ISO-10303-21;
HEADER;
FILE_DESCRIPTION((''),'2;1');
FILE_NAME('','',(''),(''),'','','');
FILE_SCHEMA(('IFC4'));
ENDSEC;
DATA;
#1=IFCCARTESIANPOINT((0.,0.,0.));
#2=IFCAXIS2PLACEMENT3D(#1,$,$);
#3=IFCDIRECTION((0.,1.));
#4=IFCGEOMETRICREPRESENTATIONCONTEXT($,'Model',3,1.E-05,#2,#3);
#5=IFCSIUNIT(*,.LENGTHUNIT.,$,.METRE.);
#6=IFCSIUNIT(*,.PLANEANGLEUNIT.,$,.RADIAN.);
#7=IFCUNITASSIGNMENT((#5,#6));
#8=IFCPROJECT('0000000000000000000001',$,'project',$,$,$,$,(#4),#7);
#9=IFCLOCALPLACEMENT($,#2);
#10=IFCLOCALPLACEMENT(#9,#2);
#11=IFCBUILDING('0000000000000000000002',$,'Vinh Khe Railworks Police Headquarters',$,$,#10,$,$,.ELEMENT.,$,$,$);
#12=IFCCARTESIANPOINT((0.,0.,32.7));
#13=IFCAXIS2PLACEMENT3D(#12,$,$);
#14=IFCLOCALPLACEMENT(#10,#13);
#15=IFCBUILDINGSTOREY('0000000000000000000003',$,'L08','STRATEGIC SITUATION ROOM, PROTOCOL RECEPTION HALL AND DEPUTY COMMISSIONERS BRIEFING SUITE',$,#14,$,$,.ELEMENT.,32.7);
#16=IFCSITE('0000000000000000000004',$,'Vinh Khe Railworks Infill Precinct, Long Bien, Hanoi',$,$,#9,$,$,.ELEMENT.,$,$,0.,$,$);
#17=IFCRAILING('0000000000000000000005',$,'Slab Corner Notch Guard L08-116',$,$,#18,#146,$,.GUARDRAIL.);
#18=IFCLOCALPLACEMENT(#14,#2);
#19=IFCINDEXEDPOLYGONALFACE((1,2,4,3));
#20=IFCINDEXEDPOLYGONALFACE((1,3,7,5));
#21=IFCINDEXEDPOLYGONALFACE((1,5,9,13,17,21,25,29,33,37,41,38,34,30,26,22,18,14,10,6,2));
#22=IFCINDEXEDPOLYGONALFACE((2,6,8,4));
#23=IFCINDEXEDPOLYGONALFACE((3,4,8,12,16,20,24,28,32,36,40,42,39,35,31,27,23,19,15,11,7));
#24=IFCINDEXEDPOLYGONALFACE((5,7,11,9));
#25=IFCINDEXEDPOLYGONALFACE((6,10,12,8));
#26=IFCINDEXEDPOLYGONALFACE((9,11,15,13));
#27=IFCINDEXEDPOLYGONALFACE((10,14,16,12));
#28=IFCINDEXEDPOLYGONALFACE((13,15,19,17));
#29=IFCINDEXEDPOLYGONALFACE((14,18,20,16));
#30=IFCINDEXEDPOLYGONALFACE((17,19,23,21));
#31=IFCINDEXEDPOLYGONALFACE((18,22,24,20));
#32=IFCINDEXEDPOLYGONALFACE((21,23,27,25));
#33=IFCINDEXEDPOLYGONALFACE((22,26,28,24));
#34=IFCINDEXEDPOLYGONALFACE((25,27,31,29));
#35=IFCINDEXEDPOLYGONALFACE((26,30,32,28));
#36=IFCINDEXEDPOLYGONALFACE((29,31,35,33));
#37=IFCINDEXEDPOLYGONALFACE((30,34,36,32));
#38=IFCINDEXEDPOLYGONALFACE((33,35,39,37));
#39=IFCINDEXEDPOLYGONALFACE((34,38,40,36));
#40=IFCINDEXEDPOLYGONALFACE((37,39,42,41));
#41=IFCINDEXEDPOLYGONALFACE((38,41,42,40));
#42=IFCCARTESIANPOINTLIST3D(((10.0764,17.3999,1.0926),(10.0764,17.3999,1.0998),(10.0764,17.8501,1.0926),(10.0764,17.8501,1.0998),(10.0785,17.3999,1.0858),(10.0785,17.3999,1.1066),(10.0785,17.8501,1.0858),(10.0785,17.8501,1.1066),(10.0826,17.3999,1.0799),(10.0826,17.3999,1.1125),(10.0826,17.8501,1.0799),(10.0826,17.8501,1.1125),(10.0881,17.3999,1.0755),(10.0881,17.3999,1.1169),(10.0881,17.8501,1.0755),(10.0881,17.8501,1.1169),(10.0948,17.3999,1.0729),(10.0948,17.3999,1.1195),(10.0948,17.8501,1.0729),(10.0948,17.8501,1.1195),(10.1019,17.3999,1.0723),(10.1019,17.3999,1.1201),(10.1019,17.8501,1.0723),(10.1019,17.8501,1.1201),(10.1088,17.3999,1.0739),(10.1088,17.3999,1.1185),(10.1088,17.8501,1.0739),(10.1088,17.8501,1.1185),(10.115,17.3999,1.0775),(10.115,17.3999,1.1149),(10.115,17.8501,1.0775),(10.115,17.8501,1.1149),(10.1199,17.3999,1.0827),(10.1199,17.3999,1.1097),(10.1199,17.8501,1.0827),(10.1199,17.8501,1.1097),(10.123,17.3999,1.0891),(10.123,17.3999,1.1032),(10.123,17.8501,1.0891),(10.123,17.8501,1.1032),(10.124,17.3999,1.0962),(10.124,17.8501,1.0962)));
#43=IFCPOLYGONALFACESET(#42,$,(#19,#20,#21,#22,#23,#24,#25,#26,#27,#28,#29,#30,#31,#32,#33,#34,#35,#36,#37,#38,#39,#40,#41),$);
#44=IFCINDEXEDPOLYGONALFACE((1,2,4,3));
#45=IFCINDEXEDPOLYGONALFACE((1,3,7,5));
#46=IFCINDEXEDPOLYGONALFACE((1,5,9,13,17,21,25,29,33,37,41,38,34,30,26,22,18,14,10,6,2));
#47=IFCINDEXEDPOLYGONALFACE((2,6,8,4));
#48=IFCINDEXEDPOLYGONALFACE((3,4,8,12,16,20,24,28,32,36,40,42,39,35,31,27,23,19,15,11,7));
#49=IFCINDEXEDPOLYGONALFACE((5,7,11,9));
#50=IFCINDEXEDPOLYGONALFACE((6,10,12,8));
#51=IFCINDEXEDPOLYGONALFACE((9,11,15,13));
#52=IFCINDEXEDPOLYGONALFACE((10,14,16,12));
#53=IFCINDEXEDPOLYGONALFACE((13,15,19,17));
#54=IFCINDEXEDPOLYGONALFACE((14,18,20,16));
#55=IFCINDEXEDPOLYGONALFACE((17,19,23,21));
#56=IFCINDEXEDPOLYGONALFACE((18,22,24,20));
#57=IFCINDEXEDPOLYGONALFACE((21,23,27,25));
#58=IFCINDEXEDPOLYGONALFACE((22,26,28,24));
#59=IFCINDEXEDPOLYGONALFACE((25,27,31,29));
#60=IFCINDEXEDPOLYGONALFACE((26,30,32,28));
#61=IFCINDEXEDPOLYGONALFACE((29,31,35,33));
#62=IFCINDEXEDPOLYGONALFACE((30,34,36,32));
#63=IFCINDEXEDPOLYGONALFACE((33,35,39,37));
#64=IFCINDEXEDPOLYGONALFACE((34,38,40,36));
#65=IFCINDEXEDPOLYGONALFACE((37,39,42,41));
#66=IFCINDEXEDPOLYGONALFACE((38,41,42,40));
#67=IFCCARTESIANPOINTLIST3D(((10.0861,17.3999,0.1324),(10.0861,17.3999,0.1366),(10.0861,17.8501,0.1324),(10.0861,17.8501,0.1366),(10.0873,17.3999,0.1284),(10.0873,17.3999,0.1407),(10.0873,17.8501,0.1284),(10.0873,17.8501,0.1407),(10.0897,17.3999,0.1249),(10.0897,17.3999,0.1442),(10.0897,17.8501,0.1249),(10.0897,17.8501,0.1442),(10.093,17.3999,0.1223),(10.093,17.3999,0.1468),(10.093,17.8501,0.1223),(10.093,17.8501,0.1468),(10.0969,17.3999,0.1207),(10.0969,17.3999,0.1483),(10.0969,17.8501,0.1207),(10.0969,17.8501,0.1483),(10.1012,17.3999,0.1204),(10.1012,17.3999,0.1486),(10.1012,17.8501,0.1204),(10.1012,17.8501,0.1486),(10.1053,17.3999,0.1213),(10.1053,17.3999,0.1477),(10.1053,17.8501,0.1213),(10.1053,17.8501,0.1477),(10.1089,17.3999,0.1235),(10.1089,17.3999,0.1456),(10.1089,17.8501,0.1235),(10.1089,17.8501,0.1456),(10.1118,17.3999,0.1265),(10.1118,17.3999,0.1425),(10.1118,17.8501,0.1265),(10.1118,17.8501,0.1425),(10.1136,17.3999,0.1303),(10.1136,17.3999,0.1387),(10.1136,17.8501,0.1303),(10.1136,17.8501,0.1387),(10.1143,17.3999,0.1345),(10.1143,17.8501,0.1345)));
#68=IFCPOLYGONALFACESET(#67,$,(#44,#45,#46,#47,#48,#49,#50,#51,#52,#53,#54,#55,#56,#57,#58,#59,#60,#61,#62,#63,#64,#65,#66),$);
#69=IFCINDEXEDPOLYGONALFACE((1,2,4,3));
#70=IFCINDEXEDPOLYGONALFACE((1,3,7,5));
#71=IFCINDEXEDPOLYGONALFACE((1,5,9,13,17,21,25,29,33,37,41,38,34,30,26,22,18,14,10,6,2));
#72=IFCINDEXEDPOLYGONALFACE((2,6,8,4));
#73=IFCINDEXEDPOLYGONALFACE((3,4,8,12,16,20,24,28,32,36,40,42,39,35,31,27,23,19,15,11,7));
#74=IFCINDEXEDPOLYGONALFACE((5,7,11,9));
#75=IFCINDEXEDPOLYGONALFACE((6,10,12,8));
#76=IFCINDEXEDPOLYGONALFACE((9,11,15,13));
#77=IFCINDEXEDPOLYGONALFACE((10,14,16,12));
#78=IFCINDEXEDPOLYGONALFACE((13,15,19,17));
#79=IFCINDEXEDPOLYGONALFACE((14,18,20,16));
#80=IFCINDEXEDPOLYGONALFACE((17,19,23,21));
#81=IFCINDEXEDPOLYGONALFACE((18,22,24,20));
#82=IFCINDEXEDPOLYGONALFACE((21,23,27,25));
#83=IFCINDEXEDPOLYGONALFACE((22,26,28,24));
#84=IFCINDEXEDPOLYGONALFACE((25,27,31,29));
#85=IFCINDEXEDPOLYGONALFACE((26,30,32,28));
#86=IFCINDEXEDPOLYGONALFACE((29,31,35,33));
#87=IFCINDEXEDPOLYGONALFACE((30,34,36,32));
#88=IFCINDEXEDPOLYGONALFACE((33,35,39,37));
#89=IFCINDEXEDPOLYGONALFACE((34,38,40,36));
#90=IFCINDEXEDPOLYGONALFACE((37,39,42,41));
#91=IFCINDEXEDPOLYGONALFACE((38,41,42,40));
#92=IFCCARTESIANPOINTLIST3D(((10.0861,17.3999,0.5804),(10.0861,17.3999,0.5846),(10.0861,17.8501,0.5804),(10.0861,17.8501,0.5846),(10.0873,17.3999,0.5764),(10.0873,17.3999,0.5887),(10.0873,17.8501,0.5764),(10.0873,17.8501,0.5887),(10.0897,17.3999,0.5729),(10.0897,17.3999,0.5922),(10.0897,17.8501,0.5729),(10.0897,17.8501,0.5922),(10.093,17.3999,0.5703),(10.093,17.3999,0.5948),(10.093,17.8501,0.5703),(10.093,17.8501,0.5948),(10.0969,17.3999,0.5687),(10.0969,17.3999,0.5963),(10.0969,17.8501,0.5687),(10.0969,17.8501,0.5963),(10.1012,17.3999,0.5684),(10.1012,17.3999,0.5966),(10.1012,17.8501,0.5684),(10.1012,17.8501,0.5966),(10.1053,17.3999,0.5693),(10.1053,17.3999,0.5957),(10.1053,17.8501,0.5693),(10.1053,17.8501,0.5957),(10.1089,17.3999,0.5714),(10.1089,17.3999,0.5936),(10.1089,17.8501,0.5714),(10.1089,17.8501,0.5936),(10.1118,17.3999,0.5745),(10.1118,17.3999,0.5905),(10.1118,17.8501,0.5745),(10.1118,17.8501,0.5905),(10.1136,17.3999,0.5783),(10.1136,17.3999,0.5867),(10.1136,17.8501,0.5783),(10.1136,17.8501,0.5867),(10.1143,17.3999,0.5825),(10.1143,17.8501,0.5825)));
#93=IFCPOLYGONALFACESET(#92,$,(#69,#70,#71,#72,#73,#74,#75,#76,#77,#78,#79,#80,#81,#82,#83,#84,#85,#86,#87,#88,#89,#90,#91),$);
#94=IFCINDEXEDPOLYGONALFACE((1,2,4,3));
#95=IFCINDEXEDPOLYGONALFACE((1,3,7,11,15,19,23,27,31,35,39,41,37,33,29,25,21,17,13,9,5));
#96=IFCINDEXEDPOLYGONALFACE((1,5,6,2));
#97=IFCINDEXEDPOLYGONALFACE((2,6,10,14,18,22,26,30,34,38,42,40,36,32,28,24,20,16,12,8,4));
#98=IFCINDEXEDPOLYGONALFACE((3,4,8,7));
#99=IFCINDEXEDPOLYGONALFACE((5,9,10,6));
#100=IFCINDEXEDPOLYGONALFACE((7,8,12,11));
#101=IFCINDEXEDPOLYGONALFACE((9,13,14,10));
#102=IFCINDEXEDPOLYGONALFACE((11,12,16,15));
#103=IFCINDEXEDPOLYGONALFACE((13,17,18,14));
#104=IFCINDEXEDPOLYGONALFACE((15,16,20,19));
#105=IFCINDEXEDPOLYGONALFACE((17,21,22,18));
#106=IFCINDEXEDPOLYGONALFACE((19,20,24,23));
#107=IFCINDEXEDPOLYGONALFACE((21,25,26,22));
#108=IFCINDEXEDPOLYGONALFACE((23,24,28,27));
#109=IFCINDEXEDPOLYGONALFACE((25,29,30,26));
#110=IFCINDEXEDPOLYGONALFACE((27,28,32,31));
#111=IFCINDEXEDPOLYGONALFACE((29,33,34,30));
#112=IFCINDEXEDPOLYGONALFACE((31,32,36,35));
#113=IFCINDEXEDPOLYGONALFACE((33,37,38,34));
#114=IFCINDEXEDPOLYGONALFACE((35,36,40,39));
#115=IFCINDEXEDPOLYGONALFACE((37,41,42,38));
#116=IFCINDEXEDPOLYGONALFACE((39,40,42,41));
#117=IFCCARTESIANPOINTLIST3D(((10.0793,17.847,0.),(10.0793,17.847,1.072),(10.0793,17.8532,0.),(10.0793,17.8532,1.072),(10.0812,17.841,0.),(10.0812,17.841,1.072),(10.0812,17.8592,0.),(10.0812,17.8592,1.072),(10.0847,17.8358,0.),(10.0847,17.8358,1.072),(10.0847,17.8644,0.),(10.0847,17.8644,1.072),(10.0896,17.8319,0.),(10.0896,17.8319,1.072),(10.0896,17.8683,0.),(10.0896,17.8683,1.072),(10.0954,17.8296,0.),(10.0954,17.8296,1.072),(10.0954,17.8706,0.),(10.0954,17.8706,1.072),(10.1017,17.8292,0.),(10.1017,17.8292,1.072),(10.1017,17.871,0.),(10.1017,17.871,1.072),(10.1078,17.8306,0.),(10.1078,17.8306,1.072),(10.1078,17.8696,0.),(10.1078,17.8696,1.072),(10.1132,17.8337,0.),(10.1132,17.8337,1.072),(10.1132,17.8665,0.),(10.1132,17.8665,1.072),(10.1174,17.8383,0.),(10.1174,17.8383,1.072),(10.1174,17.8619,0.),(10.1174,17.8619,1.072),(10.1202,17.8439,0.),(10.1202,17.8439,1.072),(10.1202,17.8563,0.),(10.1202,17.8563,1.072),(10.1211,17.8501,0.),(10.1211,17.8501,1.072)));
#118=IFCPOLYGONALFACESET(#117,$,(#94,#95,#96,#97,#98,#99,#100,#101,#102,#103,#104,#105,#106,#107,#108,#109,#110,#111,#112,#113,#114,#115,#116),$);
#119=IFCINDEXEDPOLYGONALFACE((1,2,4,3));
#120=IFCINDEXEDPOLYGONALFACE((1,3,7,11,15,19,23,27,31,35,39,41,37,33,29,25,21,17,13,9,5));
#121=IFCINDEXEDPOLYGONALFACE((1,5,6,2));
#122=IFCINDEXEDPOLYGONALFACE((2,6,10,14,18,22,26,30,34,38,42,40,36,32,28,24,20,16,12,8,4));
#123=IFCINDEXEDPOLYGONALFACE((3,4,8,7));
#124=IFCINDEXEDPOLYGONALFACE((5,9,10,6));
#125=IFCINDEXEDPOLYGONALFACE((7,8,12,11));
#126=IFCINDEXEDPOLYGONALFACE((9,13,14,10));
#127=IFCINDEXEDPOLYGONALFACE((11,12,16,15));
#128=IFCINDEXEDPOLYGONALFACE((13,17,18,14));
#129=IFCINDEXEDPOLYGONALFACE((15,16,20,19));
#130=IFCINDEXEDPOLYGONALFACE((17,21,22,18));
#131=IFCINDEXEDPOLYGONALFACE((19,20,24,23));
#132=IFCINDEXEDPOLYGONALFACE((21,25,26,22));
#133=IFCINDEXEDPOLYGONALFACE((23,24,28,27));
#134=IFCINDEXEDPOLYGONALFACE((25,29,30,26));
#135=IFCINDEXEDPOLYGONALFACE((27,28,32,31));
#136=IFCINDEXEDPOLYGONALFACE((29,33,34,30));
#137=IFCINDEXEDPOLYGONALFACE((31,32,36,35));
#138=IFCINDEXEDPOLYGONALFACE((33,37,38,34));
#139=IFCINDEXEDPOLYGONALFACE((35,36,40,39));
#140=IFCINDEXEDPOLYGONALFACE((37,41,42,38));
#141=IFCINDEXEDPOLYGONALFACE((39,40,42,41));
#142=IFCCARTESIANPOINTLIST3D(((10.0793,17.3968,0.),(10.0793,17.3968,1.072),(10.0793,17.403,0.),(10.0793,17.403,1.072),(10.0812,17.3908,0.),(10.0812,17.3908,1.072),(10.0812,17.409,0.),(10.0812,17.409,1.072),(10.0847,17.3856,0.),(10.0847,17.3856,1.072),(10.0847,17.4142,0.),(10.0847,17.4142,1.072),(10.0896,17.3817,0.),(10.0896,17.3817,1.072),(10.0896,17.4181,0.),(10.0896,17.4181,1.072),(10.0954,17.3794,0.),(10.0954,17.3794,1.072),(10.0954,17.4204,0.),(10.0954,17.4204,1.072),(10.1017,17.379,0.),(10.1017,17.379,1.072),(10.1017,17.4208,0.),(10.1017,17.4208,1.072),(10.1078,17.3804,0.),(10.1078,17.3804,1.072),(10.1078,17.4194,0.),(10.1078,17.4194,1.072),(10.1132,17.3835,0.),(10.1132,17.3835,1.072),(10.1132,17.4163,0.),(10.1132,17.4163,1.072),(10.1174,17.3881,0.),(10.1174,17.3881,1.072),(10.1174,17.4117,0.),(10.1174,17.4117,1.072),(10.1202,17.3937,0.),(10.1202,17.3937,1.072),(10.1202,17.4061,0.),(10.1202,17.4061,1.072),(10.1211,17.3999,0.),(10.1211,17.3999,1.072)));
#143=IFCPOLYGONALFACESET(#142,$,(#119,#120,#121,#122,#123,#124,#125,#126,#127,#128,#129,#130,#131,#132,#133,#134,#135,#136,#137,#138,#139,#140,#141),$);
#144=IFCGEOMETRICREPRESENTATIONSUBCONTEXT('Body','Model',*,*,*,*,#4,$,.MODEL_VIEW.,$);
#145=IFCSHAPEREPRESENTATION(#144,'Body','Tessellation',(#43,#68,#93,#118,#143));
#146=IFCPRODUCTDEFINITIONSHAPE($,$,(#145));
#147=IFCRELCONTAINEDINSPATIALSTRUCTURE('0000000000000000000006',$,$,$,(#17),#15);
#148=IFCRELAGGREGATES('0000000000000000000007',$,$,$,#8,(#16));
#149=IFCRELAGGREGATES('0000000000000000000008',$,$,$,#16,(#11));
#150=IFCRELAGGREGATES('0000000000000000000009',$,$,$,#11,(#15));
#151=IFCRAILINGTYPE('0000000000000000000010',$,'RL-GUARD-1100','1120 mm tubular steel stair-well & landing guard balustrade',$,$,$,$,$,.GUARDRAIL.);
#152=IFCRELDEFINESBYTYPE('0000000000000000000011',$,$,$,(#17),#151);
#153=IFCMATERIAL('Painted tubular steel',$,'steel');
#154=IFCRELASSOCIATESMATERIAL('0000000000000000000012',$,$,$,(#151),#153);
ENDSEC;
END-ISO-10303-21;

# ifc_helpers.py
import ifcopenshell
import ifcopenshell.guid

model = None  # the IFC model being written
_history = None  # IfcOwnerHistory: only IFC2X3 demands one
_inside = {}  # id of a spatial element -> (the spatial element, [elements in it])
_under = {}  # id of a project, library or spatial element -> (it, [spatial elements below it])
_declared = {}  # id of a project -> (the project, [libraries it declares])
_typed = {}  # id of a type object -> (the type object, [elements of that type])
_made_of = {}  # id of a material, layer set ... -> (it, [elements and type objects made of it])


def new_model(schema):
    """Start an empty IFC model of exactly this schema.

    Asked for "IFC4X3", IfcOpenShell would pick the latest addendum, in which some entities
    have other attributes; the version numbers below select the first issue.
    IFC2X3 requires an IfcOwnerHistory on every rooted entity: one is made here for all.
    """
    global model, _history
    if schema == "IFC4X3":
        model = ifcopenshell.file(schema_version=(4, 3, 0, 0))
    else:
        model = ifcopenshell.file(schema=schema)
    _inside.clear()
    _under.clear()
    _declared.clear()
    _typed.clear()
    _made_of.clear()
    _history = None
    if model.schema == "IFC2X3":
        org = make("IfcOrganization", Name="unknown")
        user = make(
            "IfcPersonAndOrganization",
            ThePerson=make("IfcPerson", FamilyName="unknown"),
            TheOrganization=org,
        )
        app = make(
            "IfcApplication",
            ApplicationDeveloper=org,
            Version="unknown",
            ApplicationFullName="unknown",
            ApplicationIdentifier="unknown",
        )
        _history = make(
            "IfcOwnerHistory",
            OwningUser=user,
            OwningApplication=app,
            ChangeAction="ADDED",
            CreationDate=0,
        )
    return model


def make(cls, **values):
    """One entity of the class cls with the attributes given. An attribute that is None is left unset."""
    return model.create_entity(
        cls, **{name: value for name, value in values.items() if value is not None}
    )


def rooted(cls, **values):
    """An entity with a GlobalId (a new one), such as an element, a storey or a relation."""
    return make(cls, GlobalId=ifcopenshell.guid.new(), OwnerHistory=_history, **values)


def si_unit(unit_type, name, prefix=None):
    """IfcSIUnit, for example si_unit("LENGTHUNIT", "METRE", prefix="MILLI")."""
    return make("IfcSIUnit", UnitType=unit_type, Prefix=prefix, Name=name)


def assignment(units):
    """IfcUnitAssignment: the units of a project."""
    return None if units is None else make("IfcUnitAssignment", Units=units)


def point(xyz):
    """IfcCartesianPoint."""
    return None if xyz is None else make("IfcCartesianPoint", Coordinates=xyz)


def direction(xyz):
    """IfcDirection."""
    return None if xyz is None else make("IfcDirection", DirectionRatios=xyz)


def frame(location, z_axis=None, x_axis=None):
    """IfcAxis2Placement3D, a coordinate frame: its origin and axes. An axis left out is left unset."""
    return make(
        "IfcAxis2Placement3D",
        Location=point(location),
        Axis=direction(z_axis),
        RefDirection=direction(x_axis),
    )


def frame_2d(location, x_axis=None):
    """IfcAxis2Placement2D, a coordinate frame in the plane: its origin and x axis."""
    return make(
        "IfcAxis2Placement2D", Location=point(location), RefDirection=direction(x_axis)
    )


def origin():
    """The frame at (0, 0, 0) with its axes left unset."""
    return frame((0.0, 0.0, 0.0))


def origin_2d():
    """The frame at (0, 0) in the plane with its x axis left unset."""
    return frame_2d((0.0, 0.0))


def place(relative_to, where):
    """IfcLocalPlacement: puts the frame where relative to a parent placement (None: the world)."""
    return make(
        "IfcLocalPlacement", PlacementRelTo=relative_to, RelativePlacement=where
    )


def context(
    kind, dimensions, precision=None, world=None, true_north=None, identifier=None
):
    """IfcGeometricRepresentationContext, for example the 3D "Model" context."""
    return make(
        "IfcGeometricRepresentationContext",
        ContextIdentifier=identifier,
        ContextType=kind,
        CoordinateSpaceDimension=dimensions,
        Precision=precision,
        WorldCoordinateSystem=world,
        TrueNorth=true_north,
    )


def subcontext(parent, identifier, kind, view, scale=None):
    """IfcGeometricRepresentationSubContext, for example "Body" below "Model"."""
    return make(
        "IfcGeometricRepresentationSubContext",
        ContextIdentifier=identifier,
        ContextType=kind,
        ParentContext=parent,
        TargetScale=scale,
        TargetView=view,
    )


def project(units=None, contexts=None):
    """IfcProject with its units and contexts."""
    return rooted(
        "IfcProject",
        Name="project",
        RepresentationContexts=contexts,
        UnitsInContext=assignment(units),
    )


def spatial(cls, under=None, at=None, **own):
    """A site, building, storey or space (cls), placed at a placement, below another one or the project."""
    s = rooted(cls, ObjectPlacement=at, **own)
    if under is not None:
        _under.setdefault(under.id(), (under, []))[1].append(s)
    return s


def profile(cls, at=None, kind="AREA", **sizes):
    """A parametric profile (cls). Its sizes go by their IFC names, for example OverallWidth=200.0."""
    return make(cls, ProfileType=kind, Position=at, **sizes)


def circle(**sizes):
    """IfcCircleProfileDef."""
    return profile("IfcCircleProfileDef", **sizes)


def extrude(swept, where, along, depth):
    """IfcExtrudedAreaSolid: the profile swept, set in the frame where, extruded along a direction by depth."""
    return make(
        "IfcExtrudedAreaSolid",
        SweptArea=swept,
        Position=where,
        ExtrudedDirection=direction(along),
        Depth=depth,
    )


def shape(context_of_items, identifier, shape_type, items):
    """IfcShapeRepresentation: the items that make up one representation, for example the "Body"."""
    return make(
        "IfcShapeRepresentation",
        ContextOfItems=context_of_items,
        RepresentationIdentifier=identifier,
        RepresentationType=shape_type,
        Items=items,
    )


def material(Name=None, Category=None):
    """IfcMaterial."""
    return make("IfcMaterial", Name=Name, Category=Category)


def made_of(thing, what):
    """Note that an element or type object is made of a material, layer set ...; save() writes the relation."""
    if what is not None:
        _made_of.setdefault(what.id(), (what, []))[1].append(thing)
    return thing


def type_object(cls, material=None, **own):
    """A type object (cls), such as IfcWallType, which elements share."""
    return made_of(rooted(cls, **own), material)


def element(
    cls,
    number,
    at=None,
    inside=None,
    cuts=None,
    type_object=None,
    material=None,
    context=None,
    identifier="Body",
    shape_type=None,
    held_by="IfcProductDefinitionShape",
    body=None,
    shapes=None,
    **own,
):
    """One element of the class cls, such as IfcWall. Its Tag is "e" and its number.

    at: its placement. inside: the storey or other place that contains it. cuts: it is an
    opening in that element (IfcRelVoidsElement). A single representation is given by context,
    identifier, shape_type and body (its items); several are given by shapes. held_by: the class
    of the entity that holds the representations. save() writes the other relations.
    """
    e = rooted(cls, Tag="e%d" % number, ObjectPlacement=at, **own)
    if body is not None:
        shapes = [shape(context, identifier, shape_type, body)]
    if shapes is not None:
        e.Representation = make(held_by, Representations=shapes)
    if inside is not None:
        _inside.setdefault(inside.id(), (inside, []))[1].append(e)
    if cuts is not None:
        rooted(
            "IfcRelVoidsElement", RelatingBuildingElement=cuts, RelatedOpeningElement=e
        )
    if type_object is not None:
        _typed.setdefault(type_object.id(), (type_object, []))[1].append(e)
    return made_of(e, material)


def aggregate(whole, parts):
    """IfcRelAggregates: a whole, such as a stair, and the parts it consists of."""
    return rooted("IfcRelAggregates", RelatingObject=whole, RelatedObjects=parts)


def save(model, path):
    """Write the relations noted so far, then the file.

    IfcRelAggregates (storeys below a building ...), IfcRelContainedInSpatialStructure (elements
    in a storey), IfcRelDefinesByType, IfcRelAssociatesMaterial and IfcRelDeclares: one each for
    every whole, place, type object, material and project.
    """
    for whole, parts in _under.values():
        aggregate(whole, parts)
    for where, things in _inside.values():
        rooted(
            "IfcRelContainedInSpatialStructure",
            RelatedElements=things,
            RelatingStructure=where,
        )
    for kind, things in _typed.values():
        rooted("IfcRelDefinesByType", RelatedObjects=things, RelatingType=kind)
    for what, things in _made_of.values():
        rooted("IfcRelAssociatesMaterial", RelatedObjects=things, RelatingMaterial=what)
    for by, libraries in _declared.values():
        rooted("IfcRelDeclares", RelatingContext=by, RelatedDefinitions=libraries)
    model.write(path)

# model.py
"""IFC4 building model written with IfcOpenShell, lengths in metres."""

from ifc_helpers import new_model, si_unit, direction, frame, origin, origin_2d, place, context, subcontext, project, spatial, circle, extrude, material, type_object, element, save


model = new_model("IFC4")

# Units and contexts
model_context = context("Model", 3, precision=1e-05, world=origin(), true_north=direction((0.0, 1.0)))
body_context = subcontext(model_context, "Body", "Model", "MODEL_VIEW")
ifc_project = project(units=[si_unit("LENGTHUNIT", "METRE"), si_unit("PLANEANGLEUNIT", "RADIAN")], contexts=[model_context])

# Site, building, storey
site_placement = place(None, origin())
site = spatial("IfcSite", under=ifc_project, at=site_placement, Name="Vinh Khe Railworks Infill Precinct, Long Bien, Hanoi", CompositionType="ELEMENT", RefElevation=0.0)
building_placement = place(site_placement, origin())
building = spatial("IfcBuilding", under=site, at=building_placement, Name="Vinh Khe Railworks Police Headquarters", CompositionType="ELEMENT")
storey_placement = place(building_placement, frame((0.0, 0.0, 32.7)))
storey = spatial("IfcBuildingStorey", under=building, at=storey_placement, Name="L08", Description="STRATEGIC SITUATION ROOM, PROTOCOL RECEPTION HALL AND DEPUTY COMMISSIONERS BRIEFING SUITE", CompositionType="ELEMENT", Elevation=32.7)

# Railing
ifc_material_1 = material(Name="Painted tubular steel", Category="steel")
railing_type_1 = type_object("IfcRailingType", Name="RL-GUARD-1100", Description="1120 mm tubular steel stair-well & landing guard balustrade", PredefinedType="GUARDRAIL", material=ifc_material_1)
railing_1_placement = place(storey_placement, frame((10.1001, 17.8501, 0.0)))
element("IfcRailing", 1, at=railing_1_placement, inside=storey, type_object=railing_type_1, Name="Slab Corner Notch Guard L08-116", PredefinedType="GUARDRAIL", context=body_context, shape_type="SweptSolid", body=[
    extrude(circle(Radius=0.0239, at=origin_2d()), frame((0.0, 0.0, 1.0962), z_axis=(0.0, -1.0, 0.0), x_axis=(1.0, 0.0, 0.0)), (0.0, 0.0, 1.0), 0.4502),
    extrude(circle(Radius=0.0142, at=origin_2d()), frame((0.0, 0.0, 0.1345), z_axis=(0.0, -1.0, 0.0), x_axis=(1.0, 0.0, 0.0)), (0.0, 0.0, 1.0), 0.4502),
    extrude(circle(Radius=0.0142, at=origin_2d()), frame((0.0, 0.0, 0.5825), z_axis=(0.0, -1.0, 0.0), x_axis=(1.0, 0.0, 0.0)), (0.0, 0.0, 1.0), 0.4502),
    extrude(circle(Radius=0.021, at=origin_2d()), origin(), (0.0, 0.0, 1.0), 1.072),
    extrude(circle(Radius=0.021, at=origin_2d()), frame((0.0, -0.4502, 0.0)), (0.0, 0.0, 1.0), 1.072),
])

save(model, "model.ifc")
